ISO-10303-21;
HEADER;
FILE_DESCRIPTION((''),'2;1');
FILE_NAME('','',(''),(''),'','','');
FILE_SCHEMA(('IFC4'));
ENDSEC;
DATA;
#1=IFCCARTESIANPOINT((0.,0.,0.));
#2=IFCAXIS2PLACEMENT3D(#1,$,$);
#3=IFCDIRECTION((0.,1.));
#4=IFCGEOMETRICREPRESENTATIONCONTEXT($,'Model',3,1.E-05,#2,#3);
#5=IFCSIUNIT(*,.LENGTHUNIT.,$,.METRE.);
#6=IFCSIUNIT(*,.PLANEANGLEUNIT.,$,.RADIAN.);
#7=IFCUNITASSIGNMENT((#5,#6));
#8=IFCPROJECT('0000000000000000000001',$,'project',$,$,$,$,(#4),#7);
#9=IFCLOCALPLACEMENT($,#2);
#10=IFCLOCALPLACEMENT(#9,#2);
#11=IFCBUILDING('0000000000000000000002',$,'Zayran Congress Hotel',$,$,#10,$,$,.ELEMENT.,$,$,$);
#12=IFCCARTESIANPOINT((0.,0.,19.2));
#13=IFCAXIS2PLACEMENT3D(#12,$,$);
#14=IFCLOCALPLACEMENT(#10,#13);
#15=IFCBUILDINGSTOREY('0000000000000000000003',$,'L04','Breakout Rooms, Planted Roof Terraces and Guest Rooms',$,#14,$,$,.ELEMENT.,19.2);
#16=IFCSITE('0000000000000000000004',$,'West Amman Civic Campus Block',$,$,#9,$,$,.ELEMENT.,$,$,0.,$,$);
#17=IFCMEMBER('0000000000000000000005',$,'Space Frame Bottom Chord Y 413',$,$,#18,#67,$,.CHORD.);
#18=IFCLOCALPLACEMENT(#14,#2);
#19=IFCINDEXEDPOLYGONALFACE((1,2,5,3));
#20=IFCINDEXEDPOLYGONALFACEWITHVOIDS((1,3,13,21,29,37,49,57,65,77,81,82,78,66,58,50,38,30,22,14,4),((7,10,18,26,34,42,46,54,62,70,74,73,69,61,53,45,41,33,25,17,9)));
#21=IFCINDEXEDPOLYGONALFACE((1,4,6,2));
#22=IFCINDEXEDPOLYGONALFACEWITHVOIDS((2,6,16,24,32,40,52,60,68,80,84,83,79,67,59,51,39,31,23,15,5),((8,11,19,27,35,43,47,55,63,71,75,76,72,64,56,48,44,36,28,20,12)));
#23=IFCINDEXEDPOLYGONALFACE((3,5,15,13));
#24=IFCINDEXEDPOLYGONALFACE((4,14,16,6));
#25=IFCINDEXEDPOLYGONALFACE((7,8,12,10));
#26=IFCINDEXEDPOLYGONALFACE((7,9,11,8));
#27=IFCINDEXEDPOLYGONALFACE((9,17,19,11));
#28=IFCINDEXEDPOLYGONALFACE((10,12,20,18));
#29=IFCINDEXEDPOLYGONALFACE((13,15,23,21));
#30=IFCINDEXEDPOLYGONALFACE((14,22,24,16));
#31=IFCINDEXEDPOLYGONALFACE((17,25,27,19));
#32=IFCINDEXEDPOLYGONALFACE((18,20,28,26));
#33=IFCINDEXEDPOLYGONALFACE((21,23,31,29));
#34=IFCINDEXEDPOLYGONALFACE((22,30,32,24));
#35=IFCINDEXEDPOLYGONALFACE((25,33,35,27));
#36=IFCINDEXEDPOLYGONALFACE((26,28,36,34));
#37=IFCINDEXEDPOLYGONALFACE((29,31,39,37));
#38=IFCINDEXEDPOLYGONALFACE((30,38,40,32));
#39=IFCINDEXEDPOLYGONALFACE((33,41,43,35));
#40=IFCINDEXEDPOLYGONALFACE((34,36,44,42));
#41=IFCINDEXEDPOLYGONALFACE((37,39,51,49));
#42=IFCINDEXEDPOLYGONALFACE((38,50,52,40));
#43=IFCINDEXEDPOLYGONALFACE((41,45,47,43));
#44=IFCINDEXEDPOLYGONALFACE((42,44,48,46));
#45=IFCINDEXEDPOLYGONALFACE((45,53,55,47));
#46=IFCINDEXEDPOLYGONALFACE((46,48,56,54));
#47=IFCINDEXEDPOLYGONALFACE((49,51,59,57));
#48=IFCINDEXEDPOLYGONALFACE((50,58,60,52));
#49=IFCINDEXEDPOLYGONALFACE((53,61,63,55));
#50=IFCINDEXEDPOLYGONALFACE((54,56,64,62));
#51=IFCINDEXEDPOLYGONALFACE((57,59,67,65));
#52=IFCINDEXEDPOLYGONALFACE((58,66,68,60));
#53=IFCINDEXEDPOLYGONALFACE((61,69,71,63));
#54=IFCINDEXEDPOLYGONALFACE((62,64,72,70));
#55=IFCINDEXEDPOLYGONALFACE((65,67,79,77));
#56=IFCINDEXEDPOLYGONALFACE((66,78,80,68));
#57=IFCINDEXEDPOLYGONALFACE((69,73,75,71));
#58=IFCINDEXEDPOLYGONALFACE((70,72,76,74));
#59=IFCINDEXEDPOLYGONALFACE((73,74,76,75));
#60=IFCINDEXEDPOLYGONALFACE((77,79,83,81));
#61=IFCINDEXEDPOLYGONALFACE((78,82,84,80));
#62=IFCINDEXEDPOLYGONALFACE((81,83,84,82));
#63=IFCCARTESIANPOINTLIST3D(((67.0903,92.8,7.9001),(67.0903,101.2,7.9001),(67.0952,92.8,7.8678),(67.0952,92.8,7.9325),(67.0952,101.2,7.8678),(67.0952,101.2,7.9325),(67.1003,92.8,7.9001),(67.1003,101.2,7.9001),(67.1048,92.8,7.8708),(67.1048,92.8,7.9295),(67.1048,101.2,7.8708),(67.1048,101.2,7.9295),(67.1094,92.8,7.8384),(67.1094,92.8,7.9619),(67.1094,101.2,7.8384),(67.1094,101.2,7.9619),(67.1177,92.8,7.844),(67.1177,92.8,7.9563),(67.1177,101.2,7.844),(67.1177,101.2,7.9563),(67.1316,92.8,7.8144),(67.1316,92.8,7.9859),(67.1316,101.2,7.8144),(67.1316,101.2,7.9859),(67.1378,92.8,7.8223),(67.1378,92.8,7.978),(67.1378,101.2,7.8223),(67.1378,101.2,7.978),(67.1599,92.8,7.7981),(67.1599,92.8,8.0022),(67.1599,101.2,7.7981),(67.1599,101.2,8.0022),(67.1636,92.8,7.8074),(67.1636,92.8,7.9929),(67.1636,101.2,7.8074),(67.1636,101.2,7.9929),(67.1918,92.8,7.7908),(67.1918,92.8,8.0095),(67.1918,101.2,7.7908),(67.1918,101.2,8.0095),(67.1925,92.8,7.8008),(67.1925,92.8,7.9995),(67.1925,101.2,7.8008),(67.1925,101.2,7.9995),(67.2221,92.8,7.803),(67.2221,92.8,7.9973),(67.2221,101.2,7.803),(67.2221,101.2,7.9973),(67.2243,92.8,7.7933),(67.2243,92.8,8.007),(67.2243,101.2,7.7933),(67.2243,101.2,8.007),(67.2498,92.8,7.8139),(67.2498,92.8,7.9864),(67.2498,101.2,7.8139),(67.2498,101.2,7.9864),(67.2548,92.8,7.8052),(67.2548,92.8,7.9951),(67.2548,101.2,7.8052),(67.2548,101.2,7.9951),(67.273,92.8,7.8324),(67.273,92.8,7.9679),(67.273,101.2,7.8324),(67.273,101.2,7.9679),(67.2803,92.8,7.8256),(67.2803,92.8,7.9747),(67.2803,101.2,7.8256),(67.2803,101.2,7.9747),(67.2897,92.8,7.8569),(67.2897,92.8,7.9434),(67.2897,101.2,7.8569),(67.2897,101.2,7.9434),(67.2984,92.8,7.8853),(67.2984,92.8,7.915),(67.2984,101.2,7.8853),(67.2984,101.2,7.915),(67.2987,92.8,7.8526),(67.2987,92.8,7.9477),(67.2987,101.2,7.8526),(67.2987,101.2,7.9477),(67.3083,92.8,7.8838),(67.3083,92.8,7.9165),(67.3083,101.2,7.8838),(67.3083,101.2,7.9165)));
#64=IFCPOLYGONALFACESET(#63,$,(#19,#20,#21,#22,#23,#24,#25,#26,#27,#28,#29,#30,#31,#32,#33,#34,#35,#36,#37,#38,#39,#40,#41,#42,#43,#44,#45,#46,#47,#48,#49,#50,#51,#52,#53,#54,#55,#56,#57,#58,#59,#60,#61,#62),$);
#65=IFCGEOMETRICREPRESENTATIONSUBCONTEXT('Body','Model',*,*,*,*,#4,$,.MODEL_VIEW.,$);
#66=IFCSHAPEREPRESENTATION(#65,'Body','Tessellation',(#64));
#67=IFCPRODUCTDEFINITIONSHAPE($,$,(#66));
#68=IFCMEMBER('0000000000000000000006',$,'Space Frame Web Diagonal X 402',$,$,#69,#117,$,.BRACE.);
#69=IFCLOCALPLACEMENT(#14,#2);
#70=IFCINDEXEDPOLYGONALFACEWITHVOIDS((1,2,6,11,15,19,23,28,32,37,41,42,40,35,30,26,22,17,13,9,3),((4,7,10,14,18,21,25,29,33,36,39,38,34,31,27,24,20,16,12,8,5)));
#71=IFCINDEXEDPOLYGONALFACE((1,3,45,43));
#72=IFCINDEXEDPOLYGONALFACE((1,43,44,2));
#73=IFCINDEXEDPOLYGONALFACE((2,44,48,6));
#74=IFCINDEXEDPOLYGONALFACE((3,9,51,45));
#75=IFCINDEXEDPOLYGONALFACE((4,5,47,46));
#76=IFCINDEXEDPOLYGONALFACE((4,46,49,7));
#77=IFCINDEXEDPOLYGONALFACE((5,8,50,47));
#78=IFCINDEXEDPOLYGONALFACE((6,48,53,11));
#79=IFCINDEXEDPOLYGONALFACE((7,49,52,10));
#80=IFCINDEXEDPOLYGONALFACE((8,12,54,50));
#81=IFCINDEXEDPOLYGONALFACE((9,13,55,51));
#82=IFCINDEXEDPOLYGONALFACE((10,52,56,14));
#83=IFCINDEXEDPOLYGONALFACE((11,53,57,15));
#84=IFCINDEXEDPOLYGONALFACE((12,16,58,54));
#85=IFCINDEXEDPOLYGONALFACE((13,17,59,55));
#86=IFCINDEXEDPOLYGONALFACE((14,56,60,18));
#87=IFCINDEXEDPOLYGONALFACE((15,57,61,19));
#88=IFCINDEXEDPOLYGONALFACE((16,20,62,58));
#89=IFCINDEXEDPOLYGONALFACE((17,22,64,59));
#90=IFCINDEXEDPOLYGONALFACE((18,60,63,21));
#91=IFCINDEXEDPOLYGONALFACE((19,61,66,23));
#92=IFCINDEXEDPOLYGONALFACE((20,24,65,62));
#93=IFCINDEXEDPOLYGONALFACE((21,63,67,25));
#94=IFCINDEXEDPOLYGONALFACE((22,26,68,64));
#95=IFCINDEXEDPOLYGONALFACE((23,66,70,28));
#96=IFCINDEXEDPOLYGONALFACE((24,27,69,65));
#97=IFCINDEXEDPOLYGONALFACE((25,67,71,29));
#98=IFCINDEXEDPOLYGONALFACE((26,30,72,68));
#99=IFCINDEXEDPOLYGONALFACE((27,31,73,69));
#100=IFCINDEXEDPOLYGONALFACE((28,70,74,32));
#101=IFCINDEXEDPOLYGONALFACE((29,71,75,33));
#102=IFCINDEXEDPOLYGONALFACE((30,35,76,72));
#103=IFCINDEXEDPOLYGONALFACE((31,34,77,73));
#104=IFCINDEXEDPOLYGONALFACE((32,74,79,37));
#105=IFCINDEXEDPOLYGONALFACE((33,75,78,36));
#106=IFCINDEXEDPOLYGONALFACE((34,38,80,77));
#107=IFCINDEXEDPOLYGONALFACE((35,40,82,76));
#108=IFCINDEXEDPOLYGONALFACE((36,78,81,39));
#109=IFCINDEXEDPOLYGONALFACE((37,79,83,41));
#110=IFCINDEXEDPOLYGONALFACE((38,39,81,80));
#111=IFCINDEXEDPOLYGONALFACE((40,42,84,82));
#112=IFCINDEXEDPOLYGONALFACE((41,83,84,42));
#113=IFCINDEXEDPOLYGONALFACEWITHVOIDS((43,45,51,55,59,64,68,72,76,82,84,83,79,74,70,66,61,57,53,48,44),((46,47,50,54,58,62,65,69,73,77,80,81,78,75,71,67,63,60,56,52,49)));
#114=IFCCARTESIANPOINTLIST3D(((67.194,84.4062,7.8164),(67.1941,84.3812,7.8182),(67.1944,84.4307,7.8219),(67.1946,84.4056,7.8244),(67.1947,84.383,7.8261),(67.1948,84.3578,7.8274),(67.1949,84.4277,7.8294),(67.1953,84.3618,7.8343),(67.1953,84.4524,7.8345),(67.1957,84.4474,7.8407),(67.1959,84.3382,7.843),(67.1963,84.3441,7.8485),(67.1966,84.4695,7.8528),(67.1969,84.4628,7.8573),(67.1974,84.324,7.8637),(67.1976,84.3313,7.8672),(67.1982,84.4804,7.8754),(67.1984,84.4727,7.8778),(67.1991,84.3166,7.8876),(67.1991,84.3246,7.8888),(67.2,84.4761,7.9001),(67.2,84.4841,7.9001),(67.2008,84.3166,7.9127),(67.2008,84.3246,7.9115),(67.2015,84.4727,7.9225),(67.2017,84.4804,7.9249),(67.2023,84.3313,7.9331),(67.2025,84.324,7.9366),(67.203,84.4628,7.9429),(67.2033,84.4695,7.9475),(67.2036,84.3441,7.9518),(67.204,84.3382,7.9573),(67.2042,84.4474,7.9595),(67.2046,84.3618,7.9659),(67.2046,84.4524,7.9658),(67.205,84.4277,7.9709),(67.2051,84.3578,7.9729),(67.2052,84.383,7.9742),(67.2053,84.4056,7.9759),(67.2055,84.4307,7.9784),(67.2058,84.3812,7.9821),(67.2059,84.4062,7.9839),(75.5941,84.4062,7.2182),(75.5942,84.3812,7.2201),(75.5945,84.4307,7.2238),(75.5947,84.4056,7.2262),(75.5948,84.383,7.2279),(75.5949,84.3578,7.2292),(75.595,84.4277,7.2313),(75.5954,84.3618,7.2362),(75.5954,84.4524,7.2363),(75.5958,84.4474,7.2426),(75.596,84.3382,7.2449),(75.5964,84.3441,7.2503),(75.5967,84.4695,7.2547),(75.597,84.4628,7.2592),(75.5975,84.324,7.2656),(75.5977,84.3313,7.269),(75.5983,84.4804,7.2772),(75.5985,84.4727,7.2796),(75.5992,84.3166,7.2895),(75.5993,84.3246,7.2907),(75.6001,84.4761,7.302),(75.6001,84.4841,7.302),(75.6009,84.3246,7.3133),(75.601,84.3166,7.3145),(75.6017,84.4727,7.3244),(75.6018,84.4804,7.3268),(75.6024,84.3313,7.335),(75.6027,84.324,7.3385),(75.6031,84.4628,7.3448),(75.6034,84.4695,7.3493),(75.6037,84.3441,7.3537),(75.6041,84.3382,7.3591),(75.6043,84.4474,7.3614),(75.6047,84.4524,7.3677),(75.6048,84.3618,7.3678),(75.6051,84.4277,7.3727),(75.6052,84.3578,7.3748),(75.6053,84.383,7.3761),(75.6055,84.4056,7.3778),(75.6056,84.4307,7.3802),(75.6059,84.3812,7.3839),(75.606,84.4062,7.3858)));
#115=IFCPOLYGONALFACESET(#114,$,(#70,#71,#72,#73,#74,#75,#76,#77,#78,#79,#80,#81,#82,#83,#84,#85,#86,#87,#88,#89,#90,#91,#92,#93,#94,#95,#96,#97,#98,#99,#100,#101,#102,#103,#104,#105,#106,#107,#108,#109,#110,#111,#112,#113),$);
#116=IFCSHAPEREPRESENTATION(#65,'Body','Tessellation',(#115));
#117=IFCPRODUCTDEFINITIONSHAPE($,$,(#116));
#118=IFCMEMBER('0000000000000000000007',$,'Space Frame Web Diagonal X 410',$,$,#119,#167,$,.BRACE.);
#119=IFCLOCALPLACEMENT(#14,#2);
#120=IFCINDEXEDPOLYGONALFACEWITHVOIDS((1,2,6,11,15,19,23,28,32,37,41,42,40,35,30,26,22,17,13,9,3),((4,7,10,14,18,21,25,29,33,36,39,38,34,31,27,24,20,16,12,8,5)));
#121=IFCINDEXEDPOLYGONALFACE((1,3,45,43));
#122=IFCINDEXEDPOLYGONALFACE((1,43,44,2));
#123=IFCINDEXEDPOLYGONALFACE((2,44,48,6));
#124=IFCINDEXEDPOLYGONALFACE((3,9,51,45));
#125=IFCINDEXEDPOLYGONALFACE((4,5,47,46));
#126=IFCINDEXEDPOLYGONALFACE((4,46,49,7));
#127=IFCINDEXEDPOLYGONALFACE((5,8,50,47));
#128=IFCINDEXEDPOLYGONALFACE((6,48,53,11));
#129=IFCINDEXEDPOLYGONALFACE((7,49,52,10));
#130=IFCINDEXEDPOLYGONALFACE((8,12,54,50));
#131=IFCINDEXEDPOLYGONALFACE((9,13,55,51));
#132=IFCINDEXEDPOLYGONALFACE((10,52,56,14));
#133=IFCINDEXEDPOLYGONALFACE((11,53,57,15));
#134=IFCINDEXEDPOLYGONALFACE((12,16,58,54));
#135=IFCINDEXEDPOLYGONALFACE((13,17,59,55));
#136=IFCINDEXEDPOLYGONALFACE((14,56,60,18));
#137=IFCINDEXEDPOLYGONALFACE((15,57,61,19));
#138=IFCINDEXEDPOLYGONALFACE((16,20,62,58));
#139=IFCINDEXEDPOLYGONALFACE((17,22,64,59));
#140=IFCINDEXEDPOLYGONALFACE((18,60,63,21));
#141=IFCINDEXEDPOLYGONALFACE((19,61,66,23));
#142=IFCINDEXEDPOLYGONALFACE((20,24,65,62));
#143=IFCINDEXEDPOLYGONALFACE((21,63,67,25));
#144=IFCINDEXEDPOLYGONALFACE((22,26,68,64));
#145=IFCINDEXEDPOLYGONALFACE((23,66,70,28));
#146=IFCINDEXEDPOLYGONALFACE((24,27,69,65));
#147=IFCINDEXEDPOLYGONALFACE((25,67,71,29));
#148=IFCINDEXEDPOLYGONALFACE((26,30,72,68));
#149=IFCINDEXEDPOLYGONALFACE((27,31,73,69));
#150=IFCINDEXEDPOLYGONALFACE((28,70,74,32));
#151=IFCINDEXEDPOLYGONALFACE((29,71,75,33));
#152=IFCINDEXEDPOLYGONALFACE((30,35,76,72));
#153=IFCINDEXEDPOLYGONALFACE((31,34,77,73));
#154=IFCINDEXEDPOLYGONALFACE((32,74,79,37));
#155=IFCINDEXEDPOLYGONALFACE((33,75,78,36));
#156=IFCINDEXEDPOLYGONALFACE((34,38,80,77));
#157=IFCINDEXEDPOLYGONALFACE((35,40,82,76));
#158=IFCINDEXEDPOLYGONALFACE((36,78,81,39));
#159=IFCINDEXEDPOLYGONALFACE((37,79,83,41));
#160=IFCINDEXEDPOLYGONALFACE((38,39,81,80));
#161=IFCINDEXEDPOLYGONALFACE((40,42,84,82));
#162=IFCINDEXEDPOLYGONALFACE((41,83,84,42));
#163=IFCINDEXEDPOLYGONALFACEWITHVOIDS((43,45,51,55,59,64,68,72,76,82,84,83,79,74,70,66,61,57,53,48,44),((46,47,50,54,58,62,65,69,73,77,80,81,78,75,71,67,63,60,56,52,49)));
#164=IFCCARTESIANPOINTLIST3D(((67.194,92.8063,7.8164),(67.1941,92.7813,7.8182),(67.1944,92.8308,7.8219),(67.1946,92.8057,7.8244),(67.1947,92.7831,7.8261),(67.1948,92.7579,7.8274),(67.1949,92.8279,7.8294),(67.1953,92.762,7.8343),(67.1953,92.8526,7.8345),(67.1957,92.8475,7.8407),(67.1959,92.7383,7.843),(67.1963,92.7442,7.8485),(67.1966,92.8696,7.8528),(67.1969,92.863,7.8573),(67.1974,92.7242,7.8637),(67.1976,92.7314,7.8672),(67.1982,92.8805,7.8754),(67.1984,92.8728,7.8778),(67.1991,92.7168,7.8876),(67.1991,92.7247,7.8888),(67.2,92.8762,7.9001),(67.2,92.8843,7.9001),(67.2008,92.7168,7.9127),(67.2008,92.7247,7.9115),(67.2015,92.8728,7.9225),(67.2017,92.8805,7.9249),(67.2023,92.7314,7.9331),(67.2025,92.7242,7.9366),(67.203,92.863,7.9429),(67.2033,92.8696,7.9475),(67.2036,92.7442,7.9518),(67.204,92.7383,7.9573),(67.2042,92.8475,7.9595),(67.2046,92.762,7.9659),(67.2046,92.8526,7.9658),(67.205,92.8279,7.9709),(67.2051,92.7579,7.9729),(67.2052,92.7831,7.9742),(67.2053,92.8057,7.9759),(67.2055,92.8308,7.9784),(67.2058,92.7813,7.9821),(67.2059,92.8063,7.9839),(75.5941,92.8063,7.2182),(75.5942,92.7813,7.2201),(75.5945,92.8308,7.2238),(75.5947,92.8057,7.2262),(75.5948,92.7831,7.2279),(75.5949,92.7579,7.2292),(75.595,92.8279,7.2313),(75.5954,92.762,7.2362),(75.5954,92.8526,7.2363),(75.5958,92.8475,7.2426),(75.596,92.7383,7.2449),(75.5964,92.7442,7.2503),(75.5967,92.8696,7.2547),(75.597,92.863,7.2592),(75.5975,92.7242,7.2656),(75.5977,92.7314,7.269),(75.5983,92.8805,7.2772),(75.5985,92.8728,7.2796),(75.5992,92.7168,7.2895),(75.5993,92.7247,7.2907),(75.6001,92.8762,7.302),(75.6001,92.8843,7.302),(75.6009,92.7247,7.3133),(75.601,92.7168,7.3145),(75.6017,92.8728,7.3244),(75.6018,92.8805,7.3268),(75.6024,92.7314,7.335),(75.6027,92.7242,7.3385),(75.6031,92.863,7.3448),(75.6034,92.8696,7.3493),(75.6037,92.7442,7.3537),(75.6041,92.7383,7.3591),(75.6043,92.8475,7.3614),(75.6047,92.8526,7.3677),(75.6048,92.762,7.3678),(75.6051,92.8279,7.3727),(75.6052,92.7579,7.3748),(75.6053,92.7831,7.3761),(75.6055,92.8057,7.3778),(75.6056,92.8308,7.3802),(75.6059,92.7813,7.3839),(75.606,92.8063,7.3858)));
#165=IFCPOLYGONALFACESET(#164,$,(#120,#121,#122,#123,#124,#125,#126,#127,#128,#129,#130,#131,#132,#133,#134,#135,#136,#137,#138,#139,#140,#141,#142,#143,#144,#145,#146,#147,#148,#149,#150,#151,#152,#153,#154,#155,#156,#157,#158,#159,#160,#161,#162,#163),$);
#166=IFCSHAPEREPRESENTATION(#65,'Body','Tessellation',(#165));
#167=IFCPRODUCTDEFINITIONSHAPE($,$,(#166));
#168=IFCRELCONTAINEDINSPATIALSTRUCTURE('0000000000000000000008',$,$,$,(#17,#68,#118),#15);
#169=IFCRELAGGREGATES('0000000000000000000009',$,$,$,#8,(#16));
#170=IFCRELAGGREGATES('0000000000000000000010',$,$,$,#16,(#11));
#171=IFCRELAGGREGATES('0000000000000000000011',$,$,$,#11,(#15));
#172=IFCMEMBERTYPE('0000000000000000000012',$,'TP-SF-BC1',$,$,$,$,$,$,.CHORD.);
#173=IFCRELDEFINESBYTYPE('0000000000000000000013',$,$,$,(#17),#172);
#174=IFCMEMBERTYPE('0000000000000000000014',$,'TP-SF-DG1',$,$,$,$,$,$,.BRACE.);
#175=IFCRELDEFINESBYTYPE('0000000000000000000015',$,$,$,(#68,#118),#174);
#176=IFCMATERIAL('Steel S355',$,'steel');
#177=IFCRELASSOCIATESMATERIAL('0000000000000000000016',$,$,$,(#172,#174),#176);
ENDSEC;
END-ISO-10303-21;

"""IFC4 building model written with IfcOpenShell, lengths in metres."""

from ifc_helpers import new_model, si_unit, direction, frame, origin, origin_2d, place, context, subcontext, project, spatial, hollow_circle, extrude, material, material_profile, profile_set, type_object, element, save


model = new_model("IFC4")

# Units and contexts
model_context = context("Model", 3, precision=1e-05, world=origin(), true_north=direction((0.0, 1.0)))
body_context = subcontext(model_context, "Body", "Model", "MODEL_VIEW")
ifc_project = project(units=[si_unit("LENGTHUNIT", "METRE"), si_unit("PLANEANGLEUNIT", "RADIAN")], contexts=[model_context])

# Site, building, storey
site_placement = place(None, origin())
site = spatial("IfcSite", under=ifc_project, at=site_placement, Name="West Amman Civic Campus Block", CompositionType="ELEMENT", RefElevation=0.0)
building_placement = place(site_placement, origin())
building = spatial("IfcBuilding", under=site, at=building_placement, Name="Zayran Congress Hotel", CompositionType="ELEMENT")
storey_placement = place(building_placement, frame((0.0, 0.0, 19.2)))
storey = spatial("IfcBuildingStorey", under=building, at=storey_placement, Name="L04", Description="Breakout Rooms, Planted Roof Terraces and Guest Rooms", CompositionType="ELEMENT", Elevation=19.2)

# Members
ifc_material_1 = material(Name="Steel S355", Category="steel")
ifc_material_profile_1 = material_profile(ifc_material_1, hollow_circle(Radius=0.1096, WallThickness=0.01, at=origin_2d()), Name="CHS 219.1x10")
ifc_profile_set_1 = profile_set([ifc_material_profile_1], Name="Steel S355")
member_type_1 = type_object("IfcMemberType", Name="TP-SF-BC1", PredefinedType="CHORD", material=ifc_profile_set_1)
member_1_placement = place(storey_placement, frame((67.2, 92.8, 7.9001), z_axis=(0.0, 1.0, 0.0), x_axis=(-1.0, 0.0, 0.0)))
element("IfcMember", 1, at=member_1_placement, inside=storey, type_object=member_type_1, Name="Space Frame Bottom Chord Y 413", PredefinedType="CHORD", context=body_context, shape_type="SweptSolid", body=[
    extrude(hollow_circle(Radius=0.1096, WallThickness=0.01, at=origin_2d()), origin(), (0.0, 0.0, 1.0), 8.3999),
])
ifc_material_profile_2 = material_profile(ifc_material_1, hollow_circle(Radius=0.0842, WallThickness=0.0081, at=origin_2d()), Name="CHS 168.3x8")
ifc_profile_set_2 = profile_set([ifc_material_profile_2], Name="Steel S355")
member_type_2 = type_object("IfcMemberType", Name="TP-SF-DG1", PredefinedType="BRACE", material=ifc_profile_set_2)
for number, where, z_axis, x_axis, name in (
    (2, (67.2, 84.3999, 7.9001), (0.997474, 0.0, -0.071027), (0.0, 1.0, 0.0), "Space Frame Web Diagonal X 402"),
    (3, (67.2, 92.8, 7.9001), (0.997474, 0.0, -0.071027), (0.0, 1.0, 0.0), "Space Frame Web Diagonal X 410"),
):
    element("IfcMember", number, at=place(storey_placement, frame(where, z_axis=z_axis, x_axis=x_axis)), inside=storey, type_object=member_type_2, Name=name, PredefinedType="BRACE", context=body_context, shape_type="SweptSolid", body=[
        extrude(hollow_circle(Radius=0.0842, WallThickness=0.0081, at=origin_2d()), origin(), (0.0, 0.0, 1.0), 8.4214),
    ])

save(model, "model.ifc")
